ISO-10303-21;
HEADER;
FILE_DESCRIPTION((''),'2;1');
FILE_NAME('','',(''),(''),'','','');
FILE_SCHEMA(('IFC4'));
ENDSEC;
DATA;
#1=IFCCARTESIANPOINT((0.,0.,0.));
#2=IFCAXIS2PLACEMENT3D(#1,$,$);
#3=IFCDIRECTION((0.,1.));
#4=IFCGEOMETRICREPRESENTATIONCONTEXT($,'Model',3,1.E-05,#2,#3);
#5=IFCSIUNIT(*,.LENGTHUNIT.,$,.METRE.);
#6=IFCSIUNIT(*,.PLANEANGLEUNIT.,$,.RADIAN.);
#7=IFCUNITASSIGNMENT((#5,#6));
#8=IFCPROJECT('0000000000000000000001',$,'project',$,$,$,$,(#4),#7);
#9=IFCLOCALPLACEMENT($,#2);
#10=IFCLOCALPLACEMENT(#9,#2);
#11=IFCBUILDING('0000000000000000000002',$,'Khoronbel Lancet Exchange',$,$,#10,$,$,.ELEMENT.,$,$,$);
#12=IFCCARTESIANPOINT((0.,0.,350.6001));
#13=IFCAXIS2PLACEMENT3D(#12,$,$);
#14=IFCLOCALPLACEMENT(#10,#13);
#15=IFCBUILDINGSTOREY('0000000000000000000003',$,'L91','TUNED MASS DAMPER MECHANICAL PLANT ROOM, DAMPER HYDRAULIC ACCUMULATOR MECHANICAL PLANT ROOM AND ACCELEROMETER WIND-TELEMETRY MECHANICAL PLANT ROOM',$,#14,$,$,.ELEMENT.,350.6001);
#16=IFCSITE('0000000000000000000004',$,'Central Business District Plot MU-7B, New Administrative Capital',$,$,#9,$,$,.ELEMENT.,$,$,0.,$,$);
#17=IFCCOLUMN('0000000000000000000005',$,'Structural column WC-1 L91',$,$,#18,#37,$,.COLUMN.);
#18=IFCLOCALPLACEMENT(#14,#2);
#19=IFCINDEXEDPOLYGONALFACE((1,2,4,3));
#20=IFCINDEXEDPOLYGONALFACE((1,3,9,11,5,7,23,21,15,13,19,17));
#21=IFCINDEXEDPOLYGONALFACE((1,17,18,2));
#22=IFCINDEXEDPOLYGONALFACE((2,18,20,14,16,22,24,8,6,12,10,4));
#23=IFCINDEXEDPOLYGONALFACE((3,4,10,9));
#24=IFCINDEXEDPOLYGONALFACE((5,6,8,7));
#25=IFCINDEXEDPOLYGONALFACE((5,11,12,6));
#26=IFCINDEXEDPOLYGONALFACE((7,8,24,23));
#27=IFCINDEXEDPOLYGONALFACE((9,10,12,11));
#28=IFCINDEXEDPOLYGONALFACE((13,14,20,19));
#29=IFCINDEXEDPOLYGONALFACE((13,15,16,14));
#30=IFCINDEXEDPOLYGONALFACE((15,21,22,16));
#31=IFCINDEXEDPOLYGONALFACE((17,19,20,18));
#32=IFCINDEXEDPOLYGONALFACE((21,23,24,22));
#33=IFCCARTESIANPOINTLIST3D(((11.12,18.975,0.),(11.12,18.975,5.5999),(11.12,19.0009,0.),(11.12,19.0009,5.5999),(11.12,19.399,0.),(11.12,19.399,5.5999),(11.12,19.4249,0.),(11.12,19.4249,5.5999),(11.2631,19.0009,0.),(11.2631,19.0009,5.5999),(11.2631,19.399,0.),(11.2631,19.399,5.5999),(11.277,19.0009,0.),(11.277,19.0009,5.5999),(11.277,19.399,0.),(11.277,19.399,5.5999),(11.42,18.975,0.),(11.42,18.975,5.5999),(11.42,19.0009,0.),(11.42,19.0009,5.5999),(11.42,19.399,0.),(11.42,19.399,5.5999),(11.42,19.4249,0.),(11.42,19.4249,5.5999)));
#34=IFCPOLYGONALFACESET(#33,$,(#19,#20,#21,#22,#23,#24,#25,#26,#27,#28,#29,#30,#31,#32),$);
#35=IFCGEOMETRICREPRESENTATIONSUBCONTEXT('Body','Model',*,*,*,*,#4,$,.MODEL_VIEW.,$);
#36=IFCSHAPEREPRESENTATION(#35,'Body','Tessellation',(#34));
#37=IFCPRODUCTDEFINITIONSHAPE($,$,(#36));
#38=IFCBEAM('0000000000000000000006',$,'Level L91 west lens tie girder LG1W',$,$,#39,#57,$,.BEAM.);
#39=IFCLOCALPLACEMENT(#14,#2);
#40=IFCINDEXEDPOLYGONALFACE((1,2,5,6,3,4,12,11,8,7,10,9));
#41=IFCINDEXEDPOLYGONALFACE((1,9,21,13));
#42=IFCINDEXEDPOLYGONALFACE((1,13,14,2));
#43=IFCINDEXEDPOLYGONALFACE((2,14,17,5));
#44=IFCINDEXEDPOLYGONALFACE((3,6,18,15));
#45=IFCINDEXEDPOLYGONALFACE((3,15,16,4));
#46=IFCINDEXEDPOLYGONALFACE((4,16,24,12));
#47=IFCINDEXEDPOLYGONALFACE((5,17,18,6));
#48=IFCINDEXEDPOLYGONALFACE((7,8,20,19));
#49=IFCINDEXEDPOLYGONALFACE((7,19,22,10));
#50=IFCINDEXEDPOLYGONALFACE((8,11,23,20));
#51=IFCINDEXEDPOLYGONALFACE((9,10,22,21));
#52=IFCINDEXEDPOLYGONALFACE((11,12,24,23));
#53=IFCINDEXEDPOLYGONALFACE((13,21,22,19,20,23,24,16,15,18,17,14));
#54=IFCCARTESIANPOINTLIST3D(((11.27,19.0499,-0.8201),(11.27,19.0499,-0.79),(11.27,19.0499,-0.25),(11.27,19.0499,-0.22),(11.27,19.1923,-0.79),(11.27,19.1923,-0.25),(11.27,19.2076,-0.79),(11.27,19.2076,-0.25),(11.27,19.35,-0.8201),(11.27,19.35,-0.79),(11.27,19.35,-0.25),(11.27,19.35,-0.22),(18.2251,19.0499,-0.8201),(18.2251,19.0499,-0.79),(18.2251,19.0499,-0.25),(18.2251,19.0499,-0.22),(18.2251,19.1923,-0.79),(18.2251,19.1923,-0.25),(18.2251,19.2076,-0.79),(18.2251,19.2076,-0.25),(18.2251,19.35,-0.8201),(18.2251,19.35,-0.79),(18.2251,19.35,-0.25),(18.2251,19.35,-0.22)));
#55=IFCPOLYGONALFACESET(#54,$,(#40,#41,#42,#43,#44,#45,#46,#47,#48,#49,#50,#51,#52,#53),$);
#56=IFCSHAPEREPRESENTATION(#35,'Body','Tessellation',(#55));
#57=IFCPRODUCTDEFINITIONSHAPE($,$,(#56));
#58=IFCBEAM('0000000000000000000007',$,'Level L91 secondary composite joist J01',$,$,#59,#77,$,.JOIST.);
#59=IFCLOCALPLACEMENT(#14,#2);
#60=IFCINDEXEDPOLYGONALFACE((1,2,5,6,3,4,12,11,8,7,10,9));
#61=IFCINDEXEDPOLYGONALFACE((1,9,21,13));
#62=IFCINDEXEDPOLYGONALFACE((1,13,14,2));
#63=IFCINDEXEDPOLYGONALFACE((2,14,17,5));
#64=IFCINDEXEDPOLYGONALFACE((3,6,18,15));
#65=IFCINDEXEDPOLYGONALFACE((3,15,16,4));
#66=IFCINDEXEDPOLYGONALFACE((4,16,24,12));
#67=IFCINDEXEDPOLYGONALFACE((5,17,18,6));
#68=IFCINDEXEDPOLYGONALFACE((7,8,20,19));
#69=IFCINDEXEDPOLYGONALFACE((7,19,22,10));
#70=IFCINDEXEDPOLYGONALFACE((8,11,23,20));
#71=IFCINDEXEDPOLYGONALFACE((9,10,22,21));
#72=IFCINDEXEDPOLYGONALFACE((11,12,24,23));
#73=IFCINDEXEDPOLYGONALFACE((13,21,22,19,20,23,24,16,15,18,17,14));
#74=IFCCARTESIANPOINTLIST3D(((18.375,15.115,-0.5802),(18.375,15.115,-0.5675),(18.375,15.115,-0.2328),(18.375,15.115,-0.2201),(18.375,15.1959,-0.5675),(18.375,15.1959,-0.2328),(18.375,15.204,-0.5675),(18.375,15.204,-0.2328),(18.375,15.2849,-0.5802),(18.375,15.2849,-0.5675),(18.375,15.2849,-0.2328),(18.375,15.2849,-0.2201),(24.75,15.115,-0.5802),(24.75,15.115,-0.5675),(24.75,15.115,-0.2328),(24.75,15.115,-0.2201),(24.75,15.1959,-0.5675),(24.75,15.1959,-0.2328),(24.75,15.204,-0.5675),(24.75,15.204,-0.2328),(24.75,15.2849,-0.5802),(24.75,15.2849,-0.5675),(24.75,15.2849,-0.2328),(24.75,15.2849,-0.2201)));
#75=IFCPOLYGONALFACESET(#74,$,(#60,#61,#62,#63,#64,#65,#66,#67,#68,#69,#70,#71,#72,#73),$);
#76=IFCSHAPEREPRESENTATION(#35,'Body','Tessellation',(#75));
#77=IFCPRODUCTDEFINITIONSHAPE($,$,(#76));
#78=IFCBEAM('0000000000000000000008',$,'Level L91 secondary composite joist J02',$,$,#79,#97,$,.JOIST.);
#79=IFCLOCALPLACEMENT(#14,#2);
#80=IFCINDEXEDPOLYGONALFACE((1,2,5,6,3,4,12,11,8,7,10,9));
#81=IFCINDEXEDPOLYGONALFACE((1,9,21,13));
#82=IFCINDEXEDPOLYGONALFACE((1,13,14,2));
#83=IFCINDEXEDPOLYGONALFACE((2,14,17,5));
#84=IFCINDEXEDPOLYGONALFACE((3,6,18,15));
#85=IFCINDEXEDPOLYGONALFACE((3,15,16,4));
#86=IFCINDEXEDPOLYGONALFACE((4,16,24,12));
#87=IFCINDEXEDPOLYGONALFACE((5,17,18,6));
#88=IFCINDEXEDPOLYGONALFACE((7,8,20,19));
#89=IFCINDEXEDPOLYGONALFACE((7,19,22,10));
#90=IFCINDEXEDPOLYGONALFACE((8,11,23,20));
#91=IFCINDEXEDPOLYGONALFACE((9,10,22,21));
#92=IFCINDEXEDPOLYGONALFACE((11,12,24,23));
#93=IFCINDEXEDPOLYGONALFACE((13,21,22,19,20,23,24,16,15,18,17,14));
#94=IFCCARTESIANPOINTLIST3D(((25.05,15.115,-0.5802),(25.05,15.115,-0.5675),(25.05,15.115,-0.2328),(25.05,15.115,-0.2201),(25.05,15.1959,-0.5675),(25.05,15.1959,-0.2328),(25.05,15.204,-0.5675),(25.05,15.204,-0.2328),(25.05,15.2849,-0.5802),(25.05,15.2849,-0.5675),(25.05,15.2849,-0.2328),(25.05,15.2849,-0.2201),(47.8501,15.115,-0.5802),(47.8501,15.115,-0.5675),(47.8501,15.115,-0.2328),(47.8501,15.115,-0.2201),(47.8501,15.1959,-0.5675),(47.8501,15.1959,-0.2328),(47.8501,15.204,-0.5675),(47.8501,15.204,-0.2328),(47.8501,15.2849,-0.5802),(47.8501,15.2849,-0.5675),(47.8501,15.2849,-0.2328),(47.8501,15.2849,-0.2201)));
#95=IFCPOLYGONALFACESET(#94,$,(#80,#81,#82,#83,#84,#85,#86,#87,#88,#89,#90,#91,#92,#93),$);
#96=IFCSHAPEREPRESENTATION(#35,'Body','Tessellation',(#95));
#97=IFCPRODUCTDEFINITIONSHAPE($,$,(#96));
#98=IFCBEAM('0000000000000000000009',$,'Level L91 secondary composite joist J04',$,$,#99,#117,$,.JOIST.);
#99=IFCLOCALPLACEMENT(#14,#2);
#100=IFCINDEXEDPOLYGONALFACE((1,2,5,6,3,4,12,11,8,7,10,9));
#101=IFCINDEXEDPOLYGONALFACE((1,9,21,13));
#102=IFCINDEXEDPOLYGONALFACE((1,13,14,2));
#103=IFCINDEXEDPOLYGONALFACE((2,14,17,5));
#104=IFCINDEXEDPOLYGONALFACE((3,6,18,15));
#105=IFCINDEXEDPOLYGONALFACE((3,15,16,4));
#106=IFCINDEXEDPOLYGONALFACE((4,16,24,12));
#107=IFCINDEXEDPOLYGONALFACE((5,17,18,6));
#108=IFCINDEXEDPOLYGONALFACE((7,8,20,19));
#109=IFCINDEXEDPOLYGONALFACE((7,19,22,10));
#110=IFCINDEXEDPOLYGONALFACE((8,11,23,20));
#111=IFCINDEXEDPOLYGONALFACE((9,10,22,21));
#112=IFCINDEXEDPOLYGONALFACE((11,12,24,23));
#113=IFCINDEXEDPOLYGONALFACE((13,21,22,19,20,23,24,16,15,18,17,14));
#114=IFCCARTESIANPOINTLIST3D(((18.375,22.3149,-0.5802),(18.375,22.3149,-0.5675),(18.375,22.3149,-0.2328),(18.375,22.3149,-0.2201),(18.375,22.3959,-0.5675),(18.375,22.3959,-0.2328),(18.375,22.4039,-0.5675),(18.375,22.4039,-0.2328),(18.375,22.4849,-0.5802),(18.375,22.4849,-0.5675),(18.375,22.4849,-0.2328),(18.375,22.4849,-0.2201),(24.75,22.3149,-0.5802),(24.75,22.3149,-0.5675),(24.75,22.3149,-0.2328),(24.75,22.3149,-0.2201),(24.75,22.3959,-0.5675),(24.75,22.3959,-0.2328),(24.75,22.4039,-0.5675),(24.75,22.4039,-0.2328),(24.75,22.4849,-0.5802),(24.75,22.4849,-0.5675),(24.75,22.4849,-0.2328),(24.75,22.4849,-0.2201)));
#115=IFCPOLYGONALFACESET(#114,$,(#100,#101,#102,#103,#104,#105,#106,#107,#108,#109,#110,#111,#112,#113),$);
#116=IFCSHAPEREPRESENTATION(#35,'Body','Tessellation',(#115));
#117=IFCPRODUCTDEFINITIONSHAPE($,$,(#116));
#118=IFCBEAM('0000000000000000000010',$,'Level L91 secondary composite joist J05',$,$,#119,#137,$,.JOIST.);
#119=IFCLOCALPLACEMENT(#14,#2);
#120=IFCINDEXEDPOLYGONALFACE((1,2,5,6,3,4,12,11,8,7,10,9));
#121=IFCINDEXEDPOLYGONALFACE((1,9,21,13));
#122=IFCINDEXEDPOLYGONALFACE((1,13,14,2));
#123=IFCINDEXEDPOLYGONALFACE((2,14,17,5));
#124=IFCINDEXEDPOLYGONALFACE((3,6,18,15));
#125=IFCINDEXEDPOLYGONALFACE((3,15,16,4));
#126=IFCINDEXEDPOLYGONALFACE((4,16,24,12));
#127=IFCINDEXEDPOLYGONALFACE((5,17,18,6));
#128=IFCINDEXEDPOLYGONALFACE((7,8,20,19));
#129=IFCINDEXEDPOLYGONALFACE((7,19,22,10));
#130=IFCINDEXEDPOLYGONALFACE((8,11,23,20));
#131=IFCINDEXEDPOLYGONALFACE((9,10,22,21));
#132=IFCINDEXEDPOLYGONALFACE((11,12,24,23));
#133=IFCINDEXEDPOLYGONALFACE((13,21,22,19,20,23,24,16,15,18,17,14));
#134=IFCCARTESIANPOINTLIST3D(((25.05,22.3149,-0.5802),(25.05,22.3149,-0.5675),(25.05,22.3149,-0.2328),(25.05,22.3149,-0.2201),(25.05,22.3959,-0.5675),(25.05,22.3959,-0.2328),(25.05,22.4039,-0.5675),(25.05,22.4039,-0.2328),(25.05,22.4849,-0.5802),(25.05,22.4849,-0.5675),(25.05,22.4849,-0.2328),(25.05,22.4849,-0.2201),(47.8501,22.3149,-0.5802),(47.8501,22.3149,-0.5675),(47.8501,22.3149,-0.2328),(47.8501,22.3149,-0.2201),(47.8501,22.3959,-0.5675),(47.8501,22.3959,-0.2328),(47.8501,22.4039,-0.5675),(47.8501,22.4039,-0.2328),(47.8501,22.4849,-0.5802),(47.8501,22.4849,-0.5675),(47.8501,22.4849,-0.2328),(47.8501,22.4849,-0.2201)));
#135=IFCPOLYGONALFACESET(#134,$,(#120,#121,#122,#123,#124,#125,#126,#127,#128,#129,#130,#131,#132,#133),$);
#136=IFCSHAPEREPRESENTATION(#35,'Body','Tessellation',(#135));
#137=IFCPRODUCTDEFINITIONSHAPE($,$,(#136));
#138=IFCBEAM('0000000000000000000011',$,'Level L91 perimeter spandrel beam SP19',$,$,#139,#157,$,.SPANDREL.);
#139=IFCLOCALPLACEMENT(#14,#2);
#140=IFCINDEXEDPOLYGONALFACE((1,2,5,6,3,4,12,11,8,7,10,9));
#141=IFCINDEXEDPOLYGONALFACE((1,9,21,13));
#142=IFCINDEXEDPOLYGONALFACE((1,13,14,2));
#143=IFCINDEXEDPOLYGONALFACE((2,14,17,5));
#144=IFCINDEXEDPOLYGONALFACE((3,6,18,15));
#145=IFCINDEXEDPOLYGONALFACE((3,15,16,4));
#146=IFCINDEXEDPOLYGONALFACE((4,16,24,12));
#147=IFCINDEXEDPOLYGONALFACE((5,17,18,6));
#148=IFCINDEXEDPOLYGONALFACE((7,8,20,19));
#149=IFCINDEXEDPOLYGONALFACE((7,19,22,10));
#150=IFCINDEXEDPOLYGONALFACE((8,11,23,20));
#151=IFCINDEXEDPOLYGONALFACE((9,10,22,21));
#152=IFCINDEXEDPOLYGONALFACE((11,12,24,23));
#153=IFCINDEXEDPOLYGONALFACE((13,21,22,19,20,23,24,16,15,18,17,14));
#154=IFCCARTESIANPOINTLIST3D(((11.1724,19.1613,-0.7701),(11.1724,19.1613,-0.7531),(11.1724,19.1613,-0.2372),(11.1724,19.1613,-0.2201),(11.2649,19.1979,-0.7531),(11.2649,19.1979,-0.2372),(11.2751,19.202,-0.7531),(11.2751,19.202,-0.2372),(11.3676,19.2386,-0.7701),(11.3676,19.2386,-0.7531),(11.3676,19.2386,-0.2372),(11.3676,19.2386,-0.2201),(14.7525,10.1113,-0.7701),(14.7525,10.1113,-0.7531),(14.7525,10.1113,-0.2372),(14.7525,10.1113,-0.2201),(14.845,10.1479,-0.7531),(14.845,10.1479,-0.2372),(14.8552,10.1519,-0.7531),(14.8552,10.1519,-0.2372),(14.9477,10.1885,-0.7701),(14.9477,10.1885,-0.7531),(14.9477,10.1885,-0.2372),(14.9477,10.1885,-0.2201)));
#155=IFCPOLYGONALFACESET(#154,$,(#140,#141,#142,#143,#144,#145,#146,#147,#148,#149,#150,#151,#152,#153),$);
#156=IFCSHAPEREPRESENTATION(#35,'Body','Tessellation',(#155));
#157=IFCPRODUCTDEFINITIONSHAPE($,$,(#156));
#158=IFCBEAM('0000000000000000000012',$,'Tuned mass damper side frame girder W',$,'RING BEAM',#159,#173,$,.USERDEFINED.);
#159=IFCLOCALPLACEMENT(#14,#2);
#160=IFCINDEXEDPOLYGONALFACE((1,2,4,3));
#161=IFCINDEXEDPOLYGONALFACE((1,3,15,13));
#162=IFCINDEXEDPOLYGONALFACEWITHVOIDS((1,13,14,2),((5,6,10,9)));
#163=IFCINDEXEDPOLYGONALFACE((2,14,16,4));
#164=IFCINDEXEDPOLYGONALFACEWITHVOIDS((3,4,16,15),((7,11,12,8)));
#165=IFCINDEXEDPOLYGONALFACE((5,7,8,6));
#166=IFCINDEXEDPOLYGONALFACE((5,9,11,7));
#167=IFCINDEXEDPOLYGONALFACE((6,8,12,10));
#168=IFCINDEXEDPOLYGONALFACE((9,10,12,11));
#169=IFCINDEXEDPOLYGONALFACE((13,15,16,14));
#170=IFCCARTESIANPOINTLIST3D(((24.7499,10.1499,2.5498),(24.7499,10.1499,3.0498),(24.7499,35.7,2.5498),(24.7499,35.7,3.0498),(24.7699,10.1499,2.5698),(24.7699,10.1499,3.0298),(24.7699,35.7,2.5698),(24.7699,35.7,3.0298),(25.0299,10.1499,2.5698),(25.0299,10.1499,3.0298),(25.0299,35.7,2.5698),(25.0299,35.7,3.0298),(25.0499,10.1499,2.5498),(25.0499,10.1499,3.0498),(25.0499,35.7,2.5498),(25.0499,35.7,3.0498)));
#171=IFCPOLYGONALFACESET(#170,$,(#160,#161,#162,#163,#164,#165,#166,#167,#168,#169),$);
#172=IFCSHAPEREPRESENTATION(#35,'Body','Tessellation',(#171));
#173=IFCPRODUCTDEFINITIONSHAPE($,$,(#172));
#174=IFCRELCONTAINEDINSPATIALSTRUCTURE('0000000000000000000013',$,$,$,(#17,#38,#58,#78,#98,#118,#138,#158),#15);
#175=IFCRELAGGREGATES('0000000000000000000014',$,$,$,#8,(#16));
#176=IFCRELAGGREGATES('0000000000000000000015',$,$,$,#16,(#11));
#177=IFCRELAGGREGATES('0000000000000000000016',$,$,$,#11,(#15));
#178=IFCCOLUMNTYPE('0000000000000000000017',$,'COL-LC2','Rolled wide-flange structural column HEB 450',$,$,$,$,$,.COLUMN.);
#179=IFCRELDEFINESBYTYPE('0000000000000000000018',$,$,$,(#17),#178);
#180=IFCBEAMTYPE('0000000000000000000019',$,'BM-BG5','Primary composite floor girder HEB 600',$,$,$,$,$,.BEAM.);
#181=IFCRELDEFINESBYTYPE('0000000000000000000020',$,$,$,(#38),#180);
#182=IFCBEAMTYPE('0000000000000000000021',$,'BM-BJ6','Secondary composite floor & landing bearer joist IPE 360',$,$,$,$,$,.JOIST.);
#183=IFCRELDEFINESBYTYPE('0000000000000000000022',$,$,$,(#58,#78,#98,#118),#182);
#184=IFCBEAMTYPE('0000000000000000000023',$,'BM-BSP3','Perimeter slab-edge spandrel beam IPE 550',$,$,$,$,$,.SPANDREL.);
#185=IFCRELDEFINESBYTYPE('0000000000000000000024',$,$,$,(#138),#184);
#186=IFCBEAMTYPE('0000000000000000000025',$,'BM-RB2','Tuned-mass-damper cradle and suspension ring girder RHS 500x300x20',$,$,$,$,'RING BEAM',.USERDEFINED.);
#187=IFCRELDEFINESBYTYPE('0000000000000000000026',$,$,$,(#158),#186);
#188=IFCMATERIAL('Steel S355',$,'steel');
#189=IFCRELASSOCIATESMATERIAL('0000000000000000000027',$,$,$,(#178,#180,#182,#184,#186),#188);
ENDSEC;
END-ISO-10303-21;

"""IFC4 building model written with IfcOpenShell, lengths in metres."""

from ifc_helpers import new_model, si_unit, direction, frame, origin, origin_2d, place, context, subcontext, project, spatial, hollow_rectangle, i_section, extrude, material, material_profile, profile_set, type_object, element, save


model = new_model("IFC4")

# Units and contexts
model_context = context("Model", 3, precision=1e-05, world=origin(), true_north=direction((0.0, 1.0)))
body_context = subcontext(model_context, "Body", "Model", "MODEL_VIEW")
ifc_project = project(units=[si_unit("LENGTHUNIT", "METRE"), si_unit("PLANEANGLEUNIT", "RADIAN")], contexts=[model_context])

# Site, building, storey
site_placement = place(None, origin())
site = spatial("IfcSite", under=ifc_project, at=site_placement, Name="Central Business District Plot MU-7B, New Administrative Capital", CompositionType="ELEMENT", RefElevation=0.0)
building_placement = place(site_placement, origin())
building = spatial("IfcBuilding", under=site, at=building_placement, Name="Khoronbel Lancet Exchange", CompositionType="ELEMENT")
storey_placement = place(building_placement, frame((0.0, 0.0, 350.6001)))
storey = spatial("IfcBuildingStorey", under=building, at=storey_placement, Name="L91", Description="TUNED MASS DAMPER MECHANICAL PLANT ROOM, DAMPER HYDRAULIC ACCUMULATOR MECHANICAL PLANT ROOM AND ACCELEROMETER WIND-TELEMETRY MECHANICAL PLANT ROOM", CompositionType="ELEMENT", Elevation=350.6001)

# Column
ifc_material_1 = material(Name="Steel S355", Category="steel")
ifc_material_profile_1 = material_profile(ifc_material_1, i_section(OverallWidth=0.3, OverallDepth=0.45, WebThickness=0.0139, FlangeThickness=0.0259, at=origin_2d()), Name="HEB 450")
ifc_profile_set_1 = profile_set([ifc_material_profile_1], Name="Steel S355")
column_type = type_object("IfcColumnType", Name="COL-LC2", Description="Rolled wide-flange structural column HEB 450", PredefinedType="COLUMN", material=ifc_profile_set_1)
column_placement = place(storey_placement, frame((11.27, 19.2, 0.0), z_axis=(0.0, 0.0, 1.0), x_axis=(1.0, 0.0, 0.0)))
element("IfcColumn", 1, at=column_placement, inside=storey, type_object=column_type, Name="Structural column WC-1 L91", PredefinedType="COLUMN", context=body_context, shape_type="SweptSolid", body=[
    extrude(i_section(OverallWidth=0.3, OverallDepth=0.45, WebThickness=0.0139, FlangeThickness=0.0259, at=origin_2d()), origin(), (0.0, 0.0, 1.0), 5.5999),
])

# Beams
ifc_material_profile_2 = material_profile(ifc_material_1, i_section(OverallWidth=0.3, OverallDepth=0.6001, WebThickness=0.0154, FlangeThickness=0.03, at=origin_2d()), Name="HEB 600")
ifc_profile_set_2 = profile_set([ifc_material_profile_2], Name="Steel S355")
beam_type_1 = type_object("IfcBeamType", Name="BM-BG5", Description="Primary composite floor girder HEB 600", PredefinedType="BEAM", material=ifc_profile_set_2)
beam_1_placement = place(storey_placement, frame((11.27, 19.2, -0.52), z_axis=(1.0, 0.0, 0.0), x_axis=(0.0, 1.0, 0.0)))
element("IfcBeam", 2, at=beam_1_placement, inside=storey, type_object=beam_type_1, Name="Level L91 west lens tie girder LG1W", PredefinedType="BEAM", context=body_context, shape_type="SweptSolid", body=[
    extrude(i_section(OverallWidth=0.3, OverallDepth=0.6001, WebThickness=0.0154, FlangeThickness=0.03, at=origin_2d()), origin(), (0.0, 0.0, 1.0), 6.9551),
])
ifc_material_profile_3 = material_profile(ifc_material_1, i_section(OverallWidth=0.1699, OverallDepth=0.3601, WebThickness=0.0081, FlangeThickness=0.0127, at=origin_2d()), Name="IPE 360")
ifc_profile_set_3 = profile_set([ifc_material_profile_3], Name="Steel S355")
beam_type_2 = type_object("IfcBeamType", Name="BM-BJ6", Description="Secondary composite floor & landing bearer joist IPE 360", PredefinedType="JOIST", material=ifc_profile_set_3)
beam_2_placement = place(storey_placement, frame((18.375, 15.2, -0.4001), z_axis=(1.0, 0.0, 0.0), x_axis=(0.0, 1.0, 0.0)))
element("IfcBeam", 3, at=beam_2_placement, inside=storey, type_object=beam_type_2, Name="Level L91 secondary composite joist J01", PredefinedType="JOIST", context=body_context, shape_type="SweptSolid", body=[
    extrude(i_section(OverallWidth=0.1699, OverallDepth=0.3601, WebThickness=0.0081, FlangeThickness=0.0127, at=origin_2d()), origin(), (0.0, 0.0, 1.0), 6.375),
])
beam_3_placement = place(storey_placement, frame((25.05, 15.2, -0.4001), z_axis=(1.0, 0.0, 0.0), x_axis=(0.0, 1.0, 0.0)))
element("IfcBeam", 4, at=beam_3_placement, inside=storey, type_object=beam_type_2, Name="Level L91 secondary composite joist J02", PredefinedType="JOIST", context=body_context, shape_type="SweptSolid", body=[
    extrude(i_section(OverallWidth=0.1699, OverallDepth=0.3601, WebThickness=0.0081, FlangeThickness=0.0127, at=origin_2d()), origin(), (0.0, 0.0, 1.0), 22.8),
])
beam_4_placement = place(storey_placement, frame((18.375, 22.3999, -0.4001), z_axis=(1.0, 0.0, 0.0), x_axis=(0.0, 1.0, 0.0)))
element("IfcBeam", 5, at=beam_4_placement, inside=storey, type_object=beam_type_2, Name="Level L91 secondary composite joist J04", PredefinedType="JOIST", context=body_context, shape_type="SweptSolid", body=[
    extrude(i_section(OverallWidth=0.1699, OverallDepth=0.3601, WebThickness=0.0081, FlangeThickness=0.0127, at=origin_2d()), origin(), (0.0, 0.0, 1.0), 6.375),
])
beam_5_placement = place(storey_placement, frame((25.05, 22.3999, -0.4001), z_axis=(1.0, 0.0, 0.0), x_axis=(0.0, 1.0, 0.0)))
element("IfcBeam", 6, at=beam_5_placement, inside=storey, type_object=beam_type_2, Name="Level L91 secondary composite joist J05", PredefinedType="JOIST", context=body_context, shape_type="SweptSolid", body=[
    extrude(i_section(OverallWidth=0.1699, OverallDepth=0.3601, WebThickness=0.0081, FlangeThickness=0.0127, at=origin_2d()), origin(), (0.0, 0.0, 1.0), 22.8),
])
ifc_material_profile_4 = material_profile(ifc_material_1, i_section(OverallWidth=0.21, OverallDepth=0.55, WebThickness=0.011, FlangeThickness=0.0171, at=origin_2d()), Name="IPE 550")
ifc_profile_set_4 = profile_set([ifc_material_profile_4], Name="Steel S355")
beam_type_3 = type_object("IfcBeamType", Name="BM-BSP3", Description="Perimeter slab-edge spandrel beam IPE 550", PredefinedType="SPANDREL", material=ifc_profile_set_4)
beam_6_placement = place(storey_placement, frame((11.27, 19.2, -0.4951), z_axis=(0.36785, -0.929885, 0.0), x_axis=(0.929885, 0.36785, 0.0)))
element("IfcBeam", 7, at=beam_6_placement, inside=storey, type_object=beam_type_3, Name="Level L91 perimeter spandrel beam SP19", PredefinedType="SPANDREL", context=body_context, shape_type="SweptSolid", body=[
    extrude(i_section(OverallWidth=0.21, OverallDepth=0.55, WebThickness=0.011, FlangeThickness=0.0171, at=origin_2d()), origin(), (0.0, 0.0, 1.0), 9.7324),
])
ifc_material_profile_5 = material_profile(ifc_material_1, hollow_rectangle(XDim=0.3, YDim=0.5, WallThickness=0.02, at=origin_2d()), Name="RHS 500x300x20")
ifc_profile_set_5 = profile_set([ifc_material_profile_5], Name="Steel S355")
beam_type_4 = type_object("IfcBeamType", Name="BM-RB2", Description="Tuned-mass-damper cradle and suspension ring girder RHS 500x300x20", ElementType="RING BEAM", PredefinedType="USERDEFINED", material=ifc_profile_set_5)
beam_7_placement = place(storey_placement, frame((24.8999, 10.1499, 2.7998), z_axis=(0.0, 1.0, 0.0), x_axis=(-1.0, 0.0, 0.0)))
element("IfcBeam", 8, at=beam_7_placement, inside=storey, type_object=beam_type_4, Name="Tuned mass damper side frame girder W", ObjectType="RING BEAM", PredefinedType="USERDEFINED", context=body_context, shape_type="SweptSolid", body=[
    extrude(hollow_rectangle(XDim=0.3, YDim=0.5, WallThickness=0.02, at=origin_2d()), origin(), (0.0, 0.0, 1.0), 25.55),
])

save(model, "model.ifc")
